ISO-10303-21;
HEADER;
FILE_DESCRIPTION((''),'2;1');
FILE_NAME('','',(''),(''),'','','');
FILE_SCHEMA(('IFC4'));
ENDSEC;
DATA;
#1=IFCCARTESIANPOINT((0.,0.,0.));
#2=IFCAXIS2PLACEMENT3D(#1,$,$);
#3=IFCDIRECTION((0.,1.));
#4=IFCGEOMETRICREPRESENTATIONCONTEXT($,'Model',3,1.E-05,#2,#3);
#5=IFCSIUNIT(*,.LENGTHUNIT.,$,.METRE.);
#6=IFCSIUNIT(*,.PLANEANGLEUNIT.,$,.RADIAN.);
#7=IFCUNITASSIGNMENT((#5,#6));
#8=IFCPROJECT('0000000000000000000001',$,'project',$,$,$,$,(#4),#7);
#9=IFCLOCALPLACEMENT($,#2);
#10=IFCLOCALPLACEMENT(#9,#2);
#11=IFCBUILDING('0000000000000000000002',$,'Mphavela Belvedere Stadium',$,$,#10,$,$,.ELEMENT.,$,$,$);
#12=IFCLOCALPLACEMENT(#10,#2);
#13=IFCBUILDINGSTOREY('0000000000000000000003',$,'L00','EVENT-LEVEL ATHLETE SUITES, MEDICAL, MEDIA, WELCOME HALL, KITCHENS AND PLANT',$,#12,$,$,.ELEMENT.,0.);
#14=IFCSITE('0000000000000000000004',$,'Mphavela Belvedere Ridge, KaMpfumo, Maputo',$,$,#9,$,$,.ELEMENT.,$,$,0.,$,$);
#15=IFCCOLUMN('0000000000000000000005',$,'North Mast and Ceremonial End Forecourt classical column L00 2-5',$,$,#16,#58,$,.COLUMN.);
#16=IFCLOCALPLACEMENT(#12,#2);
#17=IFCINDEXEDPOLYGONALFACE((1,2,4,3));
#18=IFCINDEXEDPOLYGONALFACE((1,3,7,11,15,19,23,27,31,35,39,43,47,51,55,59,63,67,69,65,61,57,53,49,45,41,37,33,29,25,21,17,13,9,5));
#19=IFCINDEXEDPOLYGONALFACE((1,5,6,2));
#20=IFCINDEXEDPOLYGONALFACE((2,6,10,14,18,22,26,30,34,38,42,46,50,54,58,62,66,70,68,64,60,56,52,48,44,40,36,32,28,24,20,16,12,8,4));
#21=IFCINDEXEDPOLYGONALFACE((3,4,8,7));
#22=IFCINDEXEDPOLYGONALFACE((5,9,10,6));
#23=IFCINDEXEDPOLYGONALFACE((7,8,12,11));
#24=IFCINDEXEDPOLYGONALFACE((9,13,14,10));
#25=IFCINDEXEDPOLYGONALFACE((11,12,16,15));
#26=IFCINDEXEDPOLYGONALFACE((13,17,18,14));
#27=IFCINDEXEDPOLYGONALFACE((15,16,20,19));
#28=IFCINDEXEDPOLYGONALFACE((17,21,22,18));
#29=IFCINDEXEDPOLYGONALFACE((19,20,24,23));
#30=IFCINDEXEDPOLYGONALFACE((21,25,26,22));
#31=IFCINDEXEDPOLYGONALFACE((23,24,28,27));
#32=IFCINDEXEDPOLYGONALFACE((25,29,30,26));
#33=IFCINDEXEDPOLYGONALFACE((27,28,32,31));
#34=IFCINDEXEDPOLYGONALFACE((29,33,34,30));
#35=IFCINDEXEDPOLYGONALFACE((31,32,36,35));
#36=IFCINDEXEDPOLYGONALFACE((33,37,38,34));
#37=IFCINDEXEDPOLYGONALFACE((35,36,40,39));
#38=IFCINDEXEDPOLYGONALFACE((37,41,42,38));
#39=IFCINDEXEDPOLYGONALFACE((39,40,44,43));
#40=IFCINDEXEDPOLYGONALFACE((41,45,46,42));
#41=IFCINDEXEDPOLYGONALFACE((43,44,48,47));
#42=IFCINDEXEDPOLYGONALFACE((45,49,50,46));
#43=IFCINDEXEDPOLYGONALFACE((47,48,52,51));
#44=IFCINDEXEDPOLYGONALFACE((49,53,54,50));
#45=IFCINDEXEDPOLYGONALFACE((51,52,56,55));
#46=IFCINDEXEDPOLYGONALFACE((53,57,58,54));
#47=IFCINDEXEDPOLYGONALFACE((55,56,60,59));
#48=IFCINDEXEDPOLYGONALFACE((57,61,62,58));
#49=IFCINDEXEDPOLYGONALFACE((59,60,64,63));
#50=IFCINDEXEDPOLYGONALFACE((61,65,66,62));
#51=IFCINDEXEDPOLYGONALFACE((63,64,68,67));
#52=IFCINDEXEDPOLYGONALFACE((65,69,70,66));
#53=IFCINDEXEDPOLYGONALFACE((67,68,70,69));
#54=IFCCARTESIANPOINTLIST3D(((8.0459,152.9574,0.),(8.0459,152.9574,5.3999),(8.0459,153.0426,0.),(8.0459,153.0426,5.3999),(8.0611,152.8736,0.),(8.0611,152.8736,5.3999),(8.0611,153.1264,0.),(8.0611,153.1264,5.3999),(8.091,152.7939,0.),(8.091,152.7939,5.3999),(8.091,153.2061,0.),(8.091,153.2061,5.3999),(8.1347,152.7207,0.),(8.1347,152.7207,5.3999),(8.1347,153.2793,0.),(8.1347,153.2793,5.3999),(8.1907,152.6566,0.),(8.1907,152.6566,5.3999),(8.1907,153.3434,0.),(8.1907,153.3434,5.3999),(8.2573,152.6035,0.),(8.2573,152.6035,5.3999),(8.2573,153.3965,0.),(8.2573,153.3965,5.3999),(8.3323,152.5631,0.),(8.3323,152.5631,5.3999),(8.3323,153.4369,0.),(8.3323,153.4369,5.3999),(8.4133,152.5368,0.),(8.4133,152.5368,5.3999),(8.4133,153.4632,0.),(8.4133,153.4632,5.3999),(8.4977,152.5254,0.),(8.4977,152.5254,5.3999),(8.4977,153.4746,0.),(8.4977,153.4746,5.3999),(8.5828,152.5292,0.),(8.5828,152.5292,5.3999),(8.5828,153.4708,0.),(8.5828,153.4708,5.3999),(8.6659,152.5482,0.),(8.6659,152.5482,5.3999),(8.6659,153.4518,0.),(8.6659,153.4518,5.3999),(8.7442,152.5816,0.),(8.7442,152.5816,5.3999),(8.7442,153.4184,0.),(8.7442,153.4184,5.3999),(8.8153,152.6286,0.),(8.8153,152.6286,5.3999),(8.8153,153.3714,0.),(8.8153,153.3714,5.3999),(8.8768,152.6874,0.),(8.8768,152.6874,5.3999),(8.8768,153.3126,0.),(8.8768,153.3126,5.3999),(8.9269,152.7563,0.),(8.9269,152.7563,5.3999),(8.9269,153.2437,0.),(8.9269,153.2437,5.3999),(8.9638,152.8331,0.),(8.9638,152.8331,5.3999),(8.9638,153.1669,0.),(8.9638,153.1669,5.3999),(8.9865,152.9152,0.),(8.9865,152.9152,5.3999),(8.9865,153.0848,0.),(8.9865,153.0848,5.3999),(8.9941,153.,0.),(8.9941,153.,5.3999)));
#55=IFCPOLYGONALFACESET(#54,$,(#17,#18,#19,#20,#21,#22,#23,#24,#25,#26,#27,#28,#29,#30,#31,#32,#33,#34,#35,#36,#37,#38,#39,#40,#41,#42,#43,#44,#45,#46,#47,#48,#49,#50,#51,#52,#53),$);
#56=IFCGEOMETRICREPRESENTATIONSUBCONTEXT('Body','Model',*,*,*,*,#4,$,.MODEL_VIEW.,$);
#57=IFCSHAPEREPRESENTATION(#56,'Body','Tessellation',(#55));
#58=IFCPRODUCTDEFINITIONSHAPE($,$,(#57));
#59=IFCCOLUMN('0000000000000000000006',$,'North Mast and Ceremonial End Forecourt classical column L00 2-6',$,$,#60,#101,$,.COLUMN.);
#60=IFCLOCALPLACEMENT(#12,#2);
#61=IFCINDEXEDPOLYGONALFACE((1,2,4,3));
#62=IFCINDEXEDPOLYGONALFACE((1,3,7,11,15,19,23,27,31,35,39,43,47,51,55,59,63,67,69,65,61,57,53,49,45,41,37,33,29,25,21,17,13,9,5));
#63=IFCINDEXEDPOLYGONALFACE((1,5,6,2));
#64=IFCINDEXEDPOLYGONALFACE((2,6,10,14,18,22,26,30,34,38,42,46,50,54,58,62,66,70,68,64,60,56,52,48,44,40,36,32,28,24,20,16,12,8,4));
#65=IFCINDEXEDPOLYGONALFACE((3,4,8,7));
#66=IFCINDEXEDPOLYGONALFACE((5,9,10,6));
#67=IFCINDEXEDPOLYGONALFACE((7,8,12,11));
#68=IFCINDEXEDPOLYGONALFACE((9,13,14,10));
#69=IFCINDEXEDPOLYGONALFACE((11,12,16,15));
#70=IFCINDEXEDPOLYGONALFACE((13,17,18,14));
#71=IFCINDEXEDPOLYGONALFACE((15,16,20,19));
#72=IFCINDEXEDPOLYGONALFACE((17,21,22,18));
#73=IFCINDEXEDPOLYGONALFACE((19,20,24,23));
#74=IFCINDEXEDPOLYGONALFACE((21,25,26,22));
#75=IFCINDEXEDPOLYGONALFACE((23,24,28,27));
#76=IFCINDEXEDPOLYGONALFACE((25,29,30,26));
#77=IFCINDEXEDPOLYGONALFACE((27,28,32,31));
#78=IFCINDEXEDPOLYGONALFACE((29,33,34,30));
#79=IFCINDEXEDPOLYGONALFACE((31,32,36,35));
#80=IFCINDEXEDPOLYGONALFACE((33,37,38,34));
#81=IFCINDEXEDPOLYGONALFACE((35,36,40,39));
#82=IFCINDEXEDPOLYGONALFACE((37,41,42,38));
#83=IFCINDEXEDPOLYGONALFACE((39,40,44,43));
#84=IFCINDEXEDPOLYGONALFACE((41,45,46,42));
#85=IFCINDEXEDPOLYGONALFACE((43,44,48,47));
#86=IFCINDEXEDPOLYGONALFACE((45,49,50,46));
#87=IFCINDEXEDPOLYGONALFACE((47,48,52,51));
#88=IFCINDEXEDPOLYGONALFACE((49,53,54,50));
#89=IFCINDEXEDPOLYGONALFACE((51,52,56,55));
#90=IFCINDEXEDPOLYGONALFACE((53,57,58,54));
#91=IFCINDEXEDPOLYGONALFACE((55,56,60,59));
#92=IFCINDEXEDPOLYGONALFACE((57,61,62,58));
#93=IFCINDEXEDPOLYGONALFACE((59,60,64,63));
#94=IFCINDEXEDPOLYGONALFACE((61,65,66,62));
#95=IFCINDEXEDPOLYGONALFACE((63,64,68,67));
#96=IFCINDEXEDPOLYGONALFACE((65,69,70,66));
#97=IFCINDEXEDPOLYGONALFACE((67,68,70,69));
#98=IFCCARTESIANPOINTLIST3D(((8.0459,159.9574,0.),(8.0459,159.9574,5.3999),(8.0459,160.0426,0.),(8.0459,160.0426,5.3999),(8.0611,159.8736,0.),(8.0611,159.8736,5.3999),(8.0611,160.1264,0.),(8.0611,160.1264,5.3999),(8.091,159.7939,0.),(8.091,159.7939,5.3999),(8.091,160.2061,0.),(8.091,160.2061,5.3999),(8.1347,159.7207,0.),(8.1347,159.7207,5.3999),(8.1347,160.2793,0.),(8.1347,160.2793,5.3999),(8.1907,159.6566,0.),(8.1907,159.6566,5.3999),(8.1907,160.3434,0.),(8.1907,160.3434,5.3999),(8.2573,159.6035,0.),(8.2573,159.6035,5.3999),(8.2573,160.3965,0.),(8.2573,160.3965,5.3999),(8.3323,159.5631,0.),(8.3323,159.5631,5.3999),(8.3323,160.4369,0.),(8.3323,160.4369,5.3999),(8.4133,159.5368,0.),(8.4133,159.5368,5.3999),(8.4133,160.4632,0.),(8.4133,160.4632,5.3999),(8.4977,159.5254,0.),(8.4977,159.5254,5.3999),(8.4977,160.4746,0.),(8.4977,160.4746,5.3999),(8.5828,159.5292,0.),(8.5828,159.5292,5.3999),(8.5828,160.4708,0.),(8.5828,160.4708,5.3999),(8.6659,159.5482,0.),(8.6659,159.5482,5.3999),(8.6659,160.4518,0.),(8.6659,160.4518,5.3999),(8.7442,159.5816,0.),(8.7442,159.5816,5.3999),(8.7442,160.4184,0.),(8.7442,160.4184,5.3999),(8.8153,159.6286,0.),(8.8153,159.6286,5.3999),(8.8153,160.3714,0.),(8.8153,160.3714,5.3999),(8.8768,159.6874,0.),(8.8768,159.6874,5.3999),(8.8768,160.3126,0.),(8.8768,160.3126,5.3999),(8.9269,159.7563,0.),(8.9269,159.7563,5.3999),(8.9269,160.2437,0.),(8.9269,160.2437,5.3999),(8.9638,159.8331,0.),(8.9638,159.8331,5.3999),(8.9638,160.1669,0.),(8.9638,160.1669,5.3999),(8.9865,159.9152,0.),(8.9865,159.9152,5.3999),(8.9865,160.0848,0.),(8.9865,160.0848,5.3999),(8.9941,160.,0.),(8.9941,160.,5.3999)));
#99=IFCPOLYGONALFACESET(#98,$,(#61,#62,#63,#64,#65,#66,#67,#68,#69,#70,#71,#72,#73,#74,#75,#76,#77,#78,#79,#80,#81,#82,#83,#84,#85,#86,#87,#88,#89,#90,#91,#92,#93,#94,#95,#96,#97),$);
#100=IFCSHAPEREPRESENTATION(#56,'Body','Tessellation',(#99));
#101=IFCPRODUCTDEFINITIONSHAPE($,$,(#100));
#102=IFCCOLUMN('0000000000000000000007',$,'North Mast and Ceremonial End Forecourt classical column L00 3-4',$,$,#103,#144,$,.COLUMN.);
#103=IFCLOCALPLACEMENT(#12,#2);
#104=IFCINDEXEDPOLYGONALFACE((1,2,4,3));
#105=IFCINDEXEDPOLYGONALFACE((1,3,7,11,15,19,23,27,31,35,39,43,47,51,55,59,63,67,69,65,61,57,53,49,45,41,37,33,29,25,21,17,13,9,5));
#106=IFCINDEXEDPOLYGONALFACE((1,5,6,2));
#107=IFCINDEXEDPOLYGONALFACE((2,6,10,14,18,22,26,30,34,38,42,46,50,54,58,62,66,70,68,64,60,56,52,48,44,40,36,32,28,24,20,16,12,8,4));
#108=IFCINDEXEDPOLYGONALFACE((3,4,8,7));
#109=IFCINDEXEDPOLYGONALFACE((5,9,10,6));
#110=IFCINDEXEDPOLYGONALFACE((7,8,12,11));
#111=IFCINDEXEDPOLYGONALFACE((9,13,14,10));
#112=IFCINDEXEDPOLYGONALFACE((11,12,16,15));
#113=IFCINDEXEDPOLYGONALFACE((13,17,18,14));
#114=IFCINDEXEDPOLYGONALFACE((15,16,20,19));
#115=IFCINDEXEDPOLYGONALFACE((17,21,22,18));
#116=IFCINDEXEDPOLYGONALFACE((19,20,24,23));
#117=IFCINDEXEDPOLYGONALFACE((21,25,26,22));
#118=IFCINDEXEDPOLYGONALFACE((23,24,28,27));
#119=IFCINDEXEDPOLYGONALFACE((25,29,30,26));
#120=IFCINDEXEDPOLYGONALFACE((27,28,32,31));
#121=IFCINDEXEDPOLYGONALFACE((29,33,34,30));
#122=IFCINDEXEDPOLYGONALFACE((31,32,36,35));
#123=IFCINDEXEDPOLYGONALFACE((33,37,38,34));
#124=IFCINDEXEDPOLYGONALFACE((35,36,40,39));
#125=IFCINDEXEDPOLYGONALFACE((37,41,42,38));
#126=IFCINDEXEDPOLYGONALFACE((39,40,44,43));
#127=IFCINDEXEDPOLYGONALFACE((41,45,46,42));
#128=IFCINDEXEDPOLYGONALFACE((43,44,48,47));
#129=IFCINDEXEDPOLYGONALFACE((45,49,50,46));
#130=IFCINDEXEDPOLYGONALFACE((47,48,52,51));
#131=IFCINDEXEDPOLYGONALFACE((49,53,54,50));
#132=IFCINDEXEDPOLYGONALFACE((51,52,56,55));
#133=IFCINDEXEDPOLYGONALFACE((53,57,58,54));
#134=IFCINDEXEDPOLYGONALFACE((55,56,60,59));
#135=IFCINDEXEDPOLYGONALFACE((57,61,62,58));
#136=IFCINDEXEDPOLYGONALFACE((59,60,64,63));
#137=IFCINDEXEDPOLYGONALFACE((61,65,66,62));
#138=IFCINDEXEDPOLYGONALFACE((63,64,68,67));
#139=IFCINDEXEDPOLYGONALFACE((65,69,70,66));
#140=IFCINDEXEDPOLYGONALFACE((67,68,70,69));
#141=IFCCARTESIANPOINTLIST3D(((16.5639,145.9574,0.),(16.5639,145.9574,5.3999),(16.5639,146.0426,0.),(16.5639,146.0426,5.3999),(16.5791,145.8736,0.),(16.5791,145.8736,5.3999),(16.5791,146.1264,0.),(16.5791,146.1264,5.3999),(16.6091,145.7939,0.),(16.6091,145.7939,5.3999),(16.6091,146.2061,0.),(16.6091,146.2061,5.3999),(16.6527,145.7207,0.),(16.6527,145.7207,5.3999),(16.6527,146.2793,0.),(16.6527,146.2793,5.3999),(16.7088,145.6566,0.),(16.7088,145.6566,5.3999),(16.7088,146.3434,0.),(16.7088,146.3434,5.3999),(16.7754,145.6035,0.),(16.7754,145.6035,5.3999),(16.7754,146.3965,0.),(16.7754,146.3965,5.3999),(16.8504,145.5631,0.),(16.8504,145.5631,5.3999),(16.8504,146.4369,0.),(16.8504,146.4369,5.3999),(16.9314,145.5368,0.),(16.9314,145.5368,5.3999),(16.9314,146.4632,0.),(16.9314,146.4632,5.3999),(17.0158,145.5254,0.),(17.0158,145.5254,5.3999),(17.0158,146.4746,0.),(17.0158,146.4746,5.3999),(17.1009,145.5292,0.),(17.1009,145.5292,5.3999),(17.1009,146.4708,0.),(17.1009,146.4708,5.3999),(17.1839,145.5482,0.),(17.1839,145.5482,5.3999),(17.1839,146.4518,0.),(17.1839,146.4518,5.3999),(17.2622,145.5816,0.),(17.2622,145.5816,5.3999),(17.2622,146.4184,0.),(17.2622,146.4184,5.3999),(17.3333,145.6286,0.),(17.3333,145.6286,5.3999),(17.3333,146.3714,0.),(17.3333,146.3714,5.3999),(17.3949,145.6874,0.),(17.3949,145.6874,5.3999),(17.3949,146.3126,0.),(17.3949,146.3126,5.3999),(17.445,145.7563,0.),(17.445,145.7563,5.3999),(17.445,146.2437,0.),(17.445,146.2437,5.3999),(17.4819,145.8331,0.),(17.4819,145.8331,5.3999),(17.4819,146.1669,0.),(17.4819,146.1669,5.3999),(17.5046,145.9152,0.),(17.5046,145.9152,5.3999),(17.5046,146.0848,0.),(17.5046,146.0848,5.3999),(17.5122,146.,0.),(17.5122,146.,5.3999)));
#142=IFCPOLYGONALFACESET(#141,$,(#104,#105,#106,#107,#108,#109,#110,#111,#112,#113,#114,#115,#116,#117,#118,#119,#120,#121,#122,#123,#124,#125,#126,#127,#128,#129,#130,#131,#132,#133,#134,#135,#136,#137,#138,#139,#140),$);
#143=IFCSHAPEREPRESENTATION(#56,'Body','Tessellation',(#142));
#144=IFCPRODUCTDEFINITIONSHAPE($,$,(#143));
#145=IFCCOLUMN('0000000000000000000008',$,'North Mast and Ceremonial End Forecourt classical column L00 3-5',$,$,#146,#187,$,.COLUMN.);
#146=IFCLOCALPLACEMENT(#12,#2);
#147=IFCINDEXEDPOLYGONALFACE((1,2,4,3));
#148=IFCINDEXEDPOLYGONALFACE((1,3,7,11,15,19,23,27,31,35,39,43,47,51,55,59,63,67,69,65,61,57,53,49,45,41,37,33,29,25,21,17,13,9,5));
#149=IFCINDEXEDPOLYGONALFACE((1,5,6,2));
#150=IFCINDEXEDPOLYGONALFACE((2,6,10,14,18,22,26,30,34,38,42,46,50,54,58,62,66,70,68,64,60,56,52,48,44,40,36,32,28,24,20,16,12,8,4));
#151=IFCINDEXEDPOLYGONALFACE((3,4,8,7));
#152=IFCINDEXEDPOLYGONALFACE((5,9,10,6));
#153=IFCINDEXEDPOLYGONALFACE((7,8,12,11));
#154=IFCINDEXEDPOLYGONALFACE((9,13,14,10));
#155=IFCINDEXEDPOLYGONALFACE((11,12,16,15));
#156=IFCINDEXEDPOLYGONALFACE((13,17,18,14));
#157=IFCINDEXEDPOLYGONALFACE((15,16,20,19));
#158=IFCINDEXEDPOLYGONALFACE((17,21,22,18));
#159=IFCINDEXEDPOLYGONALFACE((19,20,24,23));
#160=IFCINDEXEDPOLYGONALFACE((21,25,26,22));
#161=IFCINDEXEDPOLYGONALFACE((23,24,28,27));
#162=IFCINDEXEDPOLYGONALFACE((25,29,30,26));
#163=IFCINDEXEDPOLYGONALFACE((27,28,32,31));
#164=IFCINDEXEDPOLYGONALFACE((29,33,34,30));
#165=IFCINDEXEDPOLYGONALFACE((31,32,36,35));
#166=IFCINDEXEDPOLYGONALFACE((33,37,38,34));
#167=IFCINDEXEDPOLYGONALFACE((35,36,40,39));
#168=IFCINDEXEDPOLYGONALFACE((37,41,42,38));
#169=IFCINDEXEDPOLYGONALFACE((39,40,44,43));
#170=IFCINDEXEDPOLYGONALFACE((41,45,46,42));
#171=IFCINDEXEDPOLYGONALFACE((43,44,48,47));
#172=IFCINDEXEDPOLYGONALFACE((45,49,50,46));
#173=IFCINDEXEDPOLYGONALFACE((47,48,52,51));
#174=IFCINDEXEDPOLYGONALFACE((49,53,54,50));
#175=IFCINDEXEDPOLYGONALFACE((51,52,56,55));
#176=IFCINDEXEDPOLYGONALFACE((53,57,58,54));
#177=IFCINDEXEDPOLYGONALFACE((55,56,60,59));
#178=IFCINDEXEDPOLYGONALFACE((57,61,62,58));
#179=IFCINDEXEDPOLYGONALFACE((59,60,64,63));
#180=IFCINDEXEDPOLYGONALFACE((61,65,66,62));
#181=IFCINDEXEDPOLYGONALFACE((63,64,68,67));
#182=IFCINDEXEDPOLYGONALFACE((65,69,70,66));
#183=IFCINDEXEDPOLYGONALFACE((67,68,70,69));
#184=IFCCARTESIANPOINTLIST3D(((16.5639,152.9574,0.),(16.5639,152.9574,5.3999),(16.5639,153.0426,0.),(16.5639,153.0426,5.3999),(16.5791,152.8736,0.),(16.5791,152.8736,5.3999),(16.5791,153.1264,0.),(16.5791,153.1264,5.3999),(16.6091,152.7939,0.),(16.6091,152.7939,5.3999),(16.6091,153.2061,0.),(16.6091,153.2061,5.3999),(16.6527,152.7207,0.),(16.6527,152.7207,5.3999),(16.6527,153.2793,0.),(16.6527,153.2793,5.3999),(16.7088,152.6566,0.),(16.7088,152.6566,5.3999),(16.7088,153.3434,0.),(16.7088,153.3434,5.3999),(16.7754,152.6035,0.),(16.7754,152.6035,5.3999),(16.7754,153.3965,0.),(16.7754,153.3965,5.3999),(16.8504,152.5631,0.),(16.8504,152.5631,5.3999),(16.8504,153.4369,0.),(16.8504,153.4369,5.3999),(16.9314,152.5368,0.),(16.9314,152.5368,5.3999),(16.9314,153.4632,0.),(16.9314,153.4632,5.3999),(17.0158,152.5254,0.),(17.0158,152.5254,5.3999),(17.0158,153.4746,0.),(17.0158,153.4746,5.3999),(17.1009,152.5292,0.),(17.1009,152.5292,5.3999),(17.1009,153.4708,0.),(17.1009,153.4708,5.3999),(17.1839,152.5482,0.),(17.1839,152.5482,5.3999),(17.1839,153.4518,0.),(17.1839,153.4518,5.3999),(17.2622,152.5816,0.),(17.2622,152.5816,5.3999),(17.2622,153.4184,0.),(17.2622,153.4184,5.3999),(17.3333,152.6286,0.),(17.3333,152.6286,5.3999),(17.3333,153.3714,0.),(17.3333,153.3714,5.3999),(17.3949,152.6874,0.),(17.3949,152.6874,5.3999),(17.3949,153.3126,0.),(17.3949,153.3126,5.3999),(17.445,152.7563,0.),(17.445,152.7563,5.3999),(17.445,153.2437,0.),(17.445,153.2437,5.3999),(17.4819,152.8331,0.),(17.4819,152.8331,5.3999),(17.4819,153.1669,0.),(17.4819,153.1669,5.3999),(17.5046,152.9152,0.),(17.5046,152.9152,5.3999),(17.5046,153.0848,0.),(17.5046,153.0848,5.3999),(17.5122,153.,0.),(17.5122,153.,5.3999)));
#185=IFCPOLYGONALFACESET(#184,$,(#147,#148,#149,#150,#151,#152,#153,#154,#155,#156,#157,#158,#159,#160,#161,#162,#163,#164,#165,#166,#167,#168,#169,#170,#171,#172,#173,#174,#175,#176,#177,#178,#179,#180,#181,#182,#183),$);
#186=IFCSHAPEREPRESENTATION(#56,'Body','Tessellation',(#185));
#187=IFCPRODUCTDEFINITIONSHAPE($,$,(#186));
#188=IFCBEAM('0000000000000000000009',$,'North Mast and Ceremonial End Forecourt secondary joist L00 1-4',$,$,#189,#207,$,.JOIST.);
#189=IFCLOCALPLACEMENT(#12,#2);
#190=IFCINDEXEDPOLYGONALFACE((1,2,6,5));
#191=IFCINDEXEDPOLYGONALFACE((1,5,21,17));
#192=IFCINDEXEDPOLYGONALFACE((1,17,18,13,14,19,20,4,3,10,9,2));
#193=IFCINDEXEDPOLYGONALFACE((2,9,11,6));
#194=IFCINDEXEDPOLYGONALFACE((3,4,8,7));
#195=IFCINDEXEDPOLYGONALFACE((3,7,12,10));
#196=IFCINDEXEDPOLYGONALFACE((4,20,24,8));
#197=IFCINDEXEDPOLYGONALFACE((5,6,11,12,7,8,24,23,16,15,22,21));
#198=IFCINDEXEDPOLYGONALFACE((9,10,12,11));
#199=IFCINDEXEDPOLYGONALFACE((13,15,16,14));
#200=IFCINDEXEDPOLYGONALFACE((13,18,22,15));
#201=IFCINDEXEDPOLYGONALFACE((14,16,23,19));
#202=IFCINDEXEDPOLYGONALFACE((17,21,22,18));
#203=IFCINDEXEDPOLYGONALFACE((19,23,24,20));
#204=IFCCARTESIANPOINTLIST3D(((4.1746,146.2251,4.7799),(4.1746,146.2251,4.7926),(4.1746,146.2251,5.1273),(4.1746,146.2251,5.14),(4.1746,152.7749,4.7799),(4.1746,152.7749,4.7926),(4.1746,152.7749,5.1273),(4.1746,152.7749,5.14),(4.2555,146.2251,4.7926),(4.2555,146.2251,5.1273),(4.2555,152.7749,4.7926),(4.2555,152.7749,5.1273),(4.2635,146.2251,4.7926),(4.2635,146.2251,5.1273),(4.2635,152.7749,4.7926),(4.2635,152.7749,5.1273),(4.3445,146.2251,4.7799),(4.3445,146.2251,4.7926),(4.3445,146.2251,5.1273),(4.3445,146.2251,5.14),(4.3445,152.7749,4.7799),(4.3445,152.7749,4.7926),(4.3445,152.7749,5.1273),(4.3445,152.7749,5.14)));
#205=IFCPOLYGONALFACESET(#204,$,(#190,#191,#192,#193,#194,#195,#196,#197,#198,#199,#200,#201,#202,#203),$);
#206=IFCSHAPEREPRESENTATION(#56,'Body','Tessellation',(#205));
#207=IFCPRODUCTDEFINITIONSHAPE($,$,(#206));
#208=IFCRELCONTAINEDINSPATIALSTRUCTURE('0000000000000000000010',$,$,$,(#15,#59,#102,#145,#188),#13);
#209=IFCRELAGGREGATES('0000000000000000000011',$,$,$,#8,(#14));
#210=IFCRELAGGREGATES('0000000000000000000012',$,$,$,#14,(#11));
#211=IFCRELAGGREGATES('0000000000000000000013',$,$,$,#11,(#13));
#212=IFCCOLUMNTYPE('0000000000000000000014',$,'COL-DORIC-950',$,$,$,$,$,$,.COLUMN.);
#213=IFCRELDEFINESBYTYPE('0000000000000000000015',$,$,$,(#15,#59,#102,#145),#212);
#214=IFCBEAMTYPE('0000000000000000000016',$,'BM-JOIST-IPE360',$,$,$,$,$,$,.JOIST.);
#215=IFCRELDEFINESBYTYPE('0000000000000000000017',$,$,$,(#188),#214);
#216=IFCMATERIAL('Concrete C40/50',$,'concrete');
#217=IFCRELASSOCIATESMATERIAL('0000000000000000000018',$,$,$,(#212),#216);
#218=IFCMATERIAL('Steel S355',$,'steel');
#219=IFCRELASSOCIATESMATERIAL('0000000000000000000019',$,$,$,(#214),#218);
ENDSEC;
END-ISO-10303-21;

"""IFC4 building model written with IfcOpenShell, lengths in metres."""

from ifc_helpers import new_model, si_unit, direction, frame, origin, origin_2d, place, context, subcontext, project, spatial, circle, i_section, extrude, material, material_profile, profile_set, type_object, element, save


model = new_model("IFC4")

# Units and contexts
model_context = context("Model", 3, precision=1e-05, world=origin(), true_north=direction((0.0, 1.0)))
body_context = subcontext(model_context, "Body", "Model", "MODEL_VIEW")
ifc_project = project(units=[si_unit("LENGTHUNIT", "METRE"), si_unit("PLANEANGLEUNIT", "RADIAN")], contexts=[model_context])

# Site, building, storey
site_placement = place(None, origin())
site = spatial("IfcSite", under=ifc_project, at=site_placement, Name="Mphavela Belvedere Ridge, KaMpfumo, Maputo", CompositionType="ELEMENT", RefElevation=0.0)
building_placement = place(site_placement, origin())
building = spatial("IfcBuilding", under=site, at=building_placement, Name="Mphavela Belvedere Stadium", CompositionType="ELEMENT")
storey_placement = place(building_placement, origin())
storey = spatial("IfcBuildingStorey", under=building, at=storey_placement, Name="L00", Description="EVENT-LEVEL ATHLETE SUITES, MEDICAL, MEDIA, WELCOME HALL, KITCHENS AND PLANT", CompositionType="ELEMENT", Elevation=0.0)

# Columns
ifc_material_1 = material(Name="Concrete C40/50", Category="concrete")
ifc_material_profile_1 = material_profile(ifc_material_1, circle(Radius=0.4751, at=origin_2d()), Name="COL D950")
ifc_profile_set_1 = profile_set([ifc_material_profile_1], Name="Concrete C40/50")
column_type = type_object("IfcColumnType", Name="COL-DORIC-950", PredefinedType="COLUMN", material=ifc_profile_set_1)
for number, where, z_axis, x_axis, name in (
    (1, (8.519, 153.0, 0.0), (0.0, 0.0, 1.0), (1.0, 0.0, 0.0), "North Mast and Ceremonial End Forecourt classical column L00 2-5"),
    (2, (8.519, 160.0, 0.0), (0.0, 0.0, 1.0), (1.0, 0.0, 0.0), "North Mast and Ceremonial End Forecourt classical column L00 2-6"),
    (3, (17.0371, 146.0, 0.0), (0.0, 0.0, 1.0), (1.0, 0.0, 0.0), "North Mast and Ceremonial End Forecourt classical column L00 3-4"),
    (4, (17.0371, 153.0, 0.0), (0.0, 0.0, 1.0), (1.0, 0.0, 0.0), "North Mast and Ceremonial End Forecourt classical column L00 3-5"),
):
    element("IfcColumn", number, at=place(storey_placement, frame(where, z_axis=z_axis, x_axis=x_axis)), inside=storey, type_object=column_type, Name=name, PredefinedType="COLUMN", context=body_context, shape_type="SweptSolid", body=[
        extrude(circle(Radius=0.4751, at=origin_2d()), origin(), (0.0, 0.0, 1.0), 5.3999),
    ])

# Beam
ifc_material_2 = material(Name="Steel S355", Category="steel")
ifc_material_profile_2 = material_profile(ifc_material_2, i_section(OverallWidth=0.1699, OverallDepth=0.3601, WebThickness=0.0081, FlangeThickness=0.0127, at=origin_2d()), Name="IPE 360")
ifc_profile_set_2 = profile_set([ifc_material_profile_2], Name="Steel S355")
beam_type_1 = type_object("IfcBeamType", Name="BM-JOIST-IPE360", PredefinedType="JOIST", material=ifc_profile_set_2)
for number, where, z_axis, x_axis, name in (
    (5, (4.2595, 146.2251, 4.96), (0.0, 1.0, 0.0), (-1.0, 0.0, 0.0), "North Mast and Ceremonial End Forecourt secondary joist L00 1-4"),
):
    element("IfcBeam", number, at=place(storey_placement, frame(where, z_axis=z_axis, x_axis=x_axis)), inside=storey, type_object=beam_type_1, Name=name, PredefinedType="JOIST", context=body_context, shape_type="SweptSolid", body=[
        extrude(i_section(OverallWidth=0.1699, OverallDepth=0.3601, WebThickness=0.0081, FlangeThickness=0.0127, at=origin_2d()), origin(), (0.0, 0.0, 1.0), 6.5498),
    ])

save(model, "model.ifc")
